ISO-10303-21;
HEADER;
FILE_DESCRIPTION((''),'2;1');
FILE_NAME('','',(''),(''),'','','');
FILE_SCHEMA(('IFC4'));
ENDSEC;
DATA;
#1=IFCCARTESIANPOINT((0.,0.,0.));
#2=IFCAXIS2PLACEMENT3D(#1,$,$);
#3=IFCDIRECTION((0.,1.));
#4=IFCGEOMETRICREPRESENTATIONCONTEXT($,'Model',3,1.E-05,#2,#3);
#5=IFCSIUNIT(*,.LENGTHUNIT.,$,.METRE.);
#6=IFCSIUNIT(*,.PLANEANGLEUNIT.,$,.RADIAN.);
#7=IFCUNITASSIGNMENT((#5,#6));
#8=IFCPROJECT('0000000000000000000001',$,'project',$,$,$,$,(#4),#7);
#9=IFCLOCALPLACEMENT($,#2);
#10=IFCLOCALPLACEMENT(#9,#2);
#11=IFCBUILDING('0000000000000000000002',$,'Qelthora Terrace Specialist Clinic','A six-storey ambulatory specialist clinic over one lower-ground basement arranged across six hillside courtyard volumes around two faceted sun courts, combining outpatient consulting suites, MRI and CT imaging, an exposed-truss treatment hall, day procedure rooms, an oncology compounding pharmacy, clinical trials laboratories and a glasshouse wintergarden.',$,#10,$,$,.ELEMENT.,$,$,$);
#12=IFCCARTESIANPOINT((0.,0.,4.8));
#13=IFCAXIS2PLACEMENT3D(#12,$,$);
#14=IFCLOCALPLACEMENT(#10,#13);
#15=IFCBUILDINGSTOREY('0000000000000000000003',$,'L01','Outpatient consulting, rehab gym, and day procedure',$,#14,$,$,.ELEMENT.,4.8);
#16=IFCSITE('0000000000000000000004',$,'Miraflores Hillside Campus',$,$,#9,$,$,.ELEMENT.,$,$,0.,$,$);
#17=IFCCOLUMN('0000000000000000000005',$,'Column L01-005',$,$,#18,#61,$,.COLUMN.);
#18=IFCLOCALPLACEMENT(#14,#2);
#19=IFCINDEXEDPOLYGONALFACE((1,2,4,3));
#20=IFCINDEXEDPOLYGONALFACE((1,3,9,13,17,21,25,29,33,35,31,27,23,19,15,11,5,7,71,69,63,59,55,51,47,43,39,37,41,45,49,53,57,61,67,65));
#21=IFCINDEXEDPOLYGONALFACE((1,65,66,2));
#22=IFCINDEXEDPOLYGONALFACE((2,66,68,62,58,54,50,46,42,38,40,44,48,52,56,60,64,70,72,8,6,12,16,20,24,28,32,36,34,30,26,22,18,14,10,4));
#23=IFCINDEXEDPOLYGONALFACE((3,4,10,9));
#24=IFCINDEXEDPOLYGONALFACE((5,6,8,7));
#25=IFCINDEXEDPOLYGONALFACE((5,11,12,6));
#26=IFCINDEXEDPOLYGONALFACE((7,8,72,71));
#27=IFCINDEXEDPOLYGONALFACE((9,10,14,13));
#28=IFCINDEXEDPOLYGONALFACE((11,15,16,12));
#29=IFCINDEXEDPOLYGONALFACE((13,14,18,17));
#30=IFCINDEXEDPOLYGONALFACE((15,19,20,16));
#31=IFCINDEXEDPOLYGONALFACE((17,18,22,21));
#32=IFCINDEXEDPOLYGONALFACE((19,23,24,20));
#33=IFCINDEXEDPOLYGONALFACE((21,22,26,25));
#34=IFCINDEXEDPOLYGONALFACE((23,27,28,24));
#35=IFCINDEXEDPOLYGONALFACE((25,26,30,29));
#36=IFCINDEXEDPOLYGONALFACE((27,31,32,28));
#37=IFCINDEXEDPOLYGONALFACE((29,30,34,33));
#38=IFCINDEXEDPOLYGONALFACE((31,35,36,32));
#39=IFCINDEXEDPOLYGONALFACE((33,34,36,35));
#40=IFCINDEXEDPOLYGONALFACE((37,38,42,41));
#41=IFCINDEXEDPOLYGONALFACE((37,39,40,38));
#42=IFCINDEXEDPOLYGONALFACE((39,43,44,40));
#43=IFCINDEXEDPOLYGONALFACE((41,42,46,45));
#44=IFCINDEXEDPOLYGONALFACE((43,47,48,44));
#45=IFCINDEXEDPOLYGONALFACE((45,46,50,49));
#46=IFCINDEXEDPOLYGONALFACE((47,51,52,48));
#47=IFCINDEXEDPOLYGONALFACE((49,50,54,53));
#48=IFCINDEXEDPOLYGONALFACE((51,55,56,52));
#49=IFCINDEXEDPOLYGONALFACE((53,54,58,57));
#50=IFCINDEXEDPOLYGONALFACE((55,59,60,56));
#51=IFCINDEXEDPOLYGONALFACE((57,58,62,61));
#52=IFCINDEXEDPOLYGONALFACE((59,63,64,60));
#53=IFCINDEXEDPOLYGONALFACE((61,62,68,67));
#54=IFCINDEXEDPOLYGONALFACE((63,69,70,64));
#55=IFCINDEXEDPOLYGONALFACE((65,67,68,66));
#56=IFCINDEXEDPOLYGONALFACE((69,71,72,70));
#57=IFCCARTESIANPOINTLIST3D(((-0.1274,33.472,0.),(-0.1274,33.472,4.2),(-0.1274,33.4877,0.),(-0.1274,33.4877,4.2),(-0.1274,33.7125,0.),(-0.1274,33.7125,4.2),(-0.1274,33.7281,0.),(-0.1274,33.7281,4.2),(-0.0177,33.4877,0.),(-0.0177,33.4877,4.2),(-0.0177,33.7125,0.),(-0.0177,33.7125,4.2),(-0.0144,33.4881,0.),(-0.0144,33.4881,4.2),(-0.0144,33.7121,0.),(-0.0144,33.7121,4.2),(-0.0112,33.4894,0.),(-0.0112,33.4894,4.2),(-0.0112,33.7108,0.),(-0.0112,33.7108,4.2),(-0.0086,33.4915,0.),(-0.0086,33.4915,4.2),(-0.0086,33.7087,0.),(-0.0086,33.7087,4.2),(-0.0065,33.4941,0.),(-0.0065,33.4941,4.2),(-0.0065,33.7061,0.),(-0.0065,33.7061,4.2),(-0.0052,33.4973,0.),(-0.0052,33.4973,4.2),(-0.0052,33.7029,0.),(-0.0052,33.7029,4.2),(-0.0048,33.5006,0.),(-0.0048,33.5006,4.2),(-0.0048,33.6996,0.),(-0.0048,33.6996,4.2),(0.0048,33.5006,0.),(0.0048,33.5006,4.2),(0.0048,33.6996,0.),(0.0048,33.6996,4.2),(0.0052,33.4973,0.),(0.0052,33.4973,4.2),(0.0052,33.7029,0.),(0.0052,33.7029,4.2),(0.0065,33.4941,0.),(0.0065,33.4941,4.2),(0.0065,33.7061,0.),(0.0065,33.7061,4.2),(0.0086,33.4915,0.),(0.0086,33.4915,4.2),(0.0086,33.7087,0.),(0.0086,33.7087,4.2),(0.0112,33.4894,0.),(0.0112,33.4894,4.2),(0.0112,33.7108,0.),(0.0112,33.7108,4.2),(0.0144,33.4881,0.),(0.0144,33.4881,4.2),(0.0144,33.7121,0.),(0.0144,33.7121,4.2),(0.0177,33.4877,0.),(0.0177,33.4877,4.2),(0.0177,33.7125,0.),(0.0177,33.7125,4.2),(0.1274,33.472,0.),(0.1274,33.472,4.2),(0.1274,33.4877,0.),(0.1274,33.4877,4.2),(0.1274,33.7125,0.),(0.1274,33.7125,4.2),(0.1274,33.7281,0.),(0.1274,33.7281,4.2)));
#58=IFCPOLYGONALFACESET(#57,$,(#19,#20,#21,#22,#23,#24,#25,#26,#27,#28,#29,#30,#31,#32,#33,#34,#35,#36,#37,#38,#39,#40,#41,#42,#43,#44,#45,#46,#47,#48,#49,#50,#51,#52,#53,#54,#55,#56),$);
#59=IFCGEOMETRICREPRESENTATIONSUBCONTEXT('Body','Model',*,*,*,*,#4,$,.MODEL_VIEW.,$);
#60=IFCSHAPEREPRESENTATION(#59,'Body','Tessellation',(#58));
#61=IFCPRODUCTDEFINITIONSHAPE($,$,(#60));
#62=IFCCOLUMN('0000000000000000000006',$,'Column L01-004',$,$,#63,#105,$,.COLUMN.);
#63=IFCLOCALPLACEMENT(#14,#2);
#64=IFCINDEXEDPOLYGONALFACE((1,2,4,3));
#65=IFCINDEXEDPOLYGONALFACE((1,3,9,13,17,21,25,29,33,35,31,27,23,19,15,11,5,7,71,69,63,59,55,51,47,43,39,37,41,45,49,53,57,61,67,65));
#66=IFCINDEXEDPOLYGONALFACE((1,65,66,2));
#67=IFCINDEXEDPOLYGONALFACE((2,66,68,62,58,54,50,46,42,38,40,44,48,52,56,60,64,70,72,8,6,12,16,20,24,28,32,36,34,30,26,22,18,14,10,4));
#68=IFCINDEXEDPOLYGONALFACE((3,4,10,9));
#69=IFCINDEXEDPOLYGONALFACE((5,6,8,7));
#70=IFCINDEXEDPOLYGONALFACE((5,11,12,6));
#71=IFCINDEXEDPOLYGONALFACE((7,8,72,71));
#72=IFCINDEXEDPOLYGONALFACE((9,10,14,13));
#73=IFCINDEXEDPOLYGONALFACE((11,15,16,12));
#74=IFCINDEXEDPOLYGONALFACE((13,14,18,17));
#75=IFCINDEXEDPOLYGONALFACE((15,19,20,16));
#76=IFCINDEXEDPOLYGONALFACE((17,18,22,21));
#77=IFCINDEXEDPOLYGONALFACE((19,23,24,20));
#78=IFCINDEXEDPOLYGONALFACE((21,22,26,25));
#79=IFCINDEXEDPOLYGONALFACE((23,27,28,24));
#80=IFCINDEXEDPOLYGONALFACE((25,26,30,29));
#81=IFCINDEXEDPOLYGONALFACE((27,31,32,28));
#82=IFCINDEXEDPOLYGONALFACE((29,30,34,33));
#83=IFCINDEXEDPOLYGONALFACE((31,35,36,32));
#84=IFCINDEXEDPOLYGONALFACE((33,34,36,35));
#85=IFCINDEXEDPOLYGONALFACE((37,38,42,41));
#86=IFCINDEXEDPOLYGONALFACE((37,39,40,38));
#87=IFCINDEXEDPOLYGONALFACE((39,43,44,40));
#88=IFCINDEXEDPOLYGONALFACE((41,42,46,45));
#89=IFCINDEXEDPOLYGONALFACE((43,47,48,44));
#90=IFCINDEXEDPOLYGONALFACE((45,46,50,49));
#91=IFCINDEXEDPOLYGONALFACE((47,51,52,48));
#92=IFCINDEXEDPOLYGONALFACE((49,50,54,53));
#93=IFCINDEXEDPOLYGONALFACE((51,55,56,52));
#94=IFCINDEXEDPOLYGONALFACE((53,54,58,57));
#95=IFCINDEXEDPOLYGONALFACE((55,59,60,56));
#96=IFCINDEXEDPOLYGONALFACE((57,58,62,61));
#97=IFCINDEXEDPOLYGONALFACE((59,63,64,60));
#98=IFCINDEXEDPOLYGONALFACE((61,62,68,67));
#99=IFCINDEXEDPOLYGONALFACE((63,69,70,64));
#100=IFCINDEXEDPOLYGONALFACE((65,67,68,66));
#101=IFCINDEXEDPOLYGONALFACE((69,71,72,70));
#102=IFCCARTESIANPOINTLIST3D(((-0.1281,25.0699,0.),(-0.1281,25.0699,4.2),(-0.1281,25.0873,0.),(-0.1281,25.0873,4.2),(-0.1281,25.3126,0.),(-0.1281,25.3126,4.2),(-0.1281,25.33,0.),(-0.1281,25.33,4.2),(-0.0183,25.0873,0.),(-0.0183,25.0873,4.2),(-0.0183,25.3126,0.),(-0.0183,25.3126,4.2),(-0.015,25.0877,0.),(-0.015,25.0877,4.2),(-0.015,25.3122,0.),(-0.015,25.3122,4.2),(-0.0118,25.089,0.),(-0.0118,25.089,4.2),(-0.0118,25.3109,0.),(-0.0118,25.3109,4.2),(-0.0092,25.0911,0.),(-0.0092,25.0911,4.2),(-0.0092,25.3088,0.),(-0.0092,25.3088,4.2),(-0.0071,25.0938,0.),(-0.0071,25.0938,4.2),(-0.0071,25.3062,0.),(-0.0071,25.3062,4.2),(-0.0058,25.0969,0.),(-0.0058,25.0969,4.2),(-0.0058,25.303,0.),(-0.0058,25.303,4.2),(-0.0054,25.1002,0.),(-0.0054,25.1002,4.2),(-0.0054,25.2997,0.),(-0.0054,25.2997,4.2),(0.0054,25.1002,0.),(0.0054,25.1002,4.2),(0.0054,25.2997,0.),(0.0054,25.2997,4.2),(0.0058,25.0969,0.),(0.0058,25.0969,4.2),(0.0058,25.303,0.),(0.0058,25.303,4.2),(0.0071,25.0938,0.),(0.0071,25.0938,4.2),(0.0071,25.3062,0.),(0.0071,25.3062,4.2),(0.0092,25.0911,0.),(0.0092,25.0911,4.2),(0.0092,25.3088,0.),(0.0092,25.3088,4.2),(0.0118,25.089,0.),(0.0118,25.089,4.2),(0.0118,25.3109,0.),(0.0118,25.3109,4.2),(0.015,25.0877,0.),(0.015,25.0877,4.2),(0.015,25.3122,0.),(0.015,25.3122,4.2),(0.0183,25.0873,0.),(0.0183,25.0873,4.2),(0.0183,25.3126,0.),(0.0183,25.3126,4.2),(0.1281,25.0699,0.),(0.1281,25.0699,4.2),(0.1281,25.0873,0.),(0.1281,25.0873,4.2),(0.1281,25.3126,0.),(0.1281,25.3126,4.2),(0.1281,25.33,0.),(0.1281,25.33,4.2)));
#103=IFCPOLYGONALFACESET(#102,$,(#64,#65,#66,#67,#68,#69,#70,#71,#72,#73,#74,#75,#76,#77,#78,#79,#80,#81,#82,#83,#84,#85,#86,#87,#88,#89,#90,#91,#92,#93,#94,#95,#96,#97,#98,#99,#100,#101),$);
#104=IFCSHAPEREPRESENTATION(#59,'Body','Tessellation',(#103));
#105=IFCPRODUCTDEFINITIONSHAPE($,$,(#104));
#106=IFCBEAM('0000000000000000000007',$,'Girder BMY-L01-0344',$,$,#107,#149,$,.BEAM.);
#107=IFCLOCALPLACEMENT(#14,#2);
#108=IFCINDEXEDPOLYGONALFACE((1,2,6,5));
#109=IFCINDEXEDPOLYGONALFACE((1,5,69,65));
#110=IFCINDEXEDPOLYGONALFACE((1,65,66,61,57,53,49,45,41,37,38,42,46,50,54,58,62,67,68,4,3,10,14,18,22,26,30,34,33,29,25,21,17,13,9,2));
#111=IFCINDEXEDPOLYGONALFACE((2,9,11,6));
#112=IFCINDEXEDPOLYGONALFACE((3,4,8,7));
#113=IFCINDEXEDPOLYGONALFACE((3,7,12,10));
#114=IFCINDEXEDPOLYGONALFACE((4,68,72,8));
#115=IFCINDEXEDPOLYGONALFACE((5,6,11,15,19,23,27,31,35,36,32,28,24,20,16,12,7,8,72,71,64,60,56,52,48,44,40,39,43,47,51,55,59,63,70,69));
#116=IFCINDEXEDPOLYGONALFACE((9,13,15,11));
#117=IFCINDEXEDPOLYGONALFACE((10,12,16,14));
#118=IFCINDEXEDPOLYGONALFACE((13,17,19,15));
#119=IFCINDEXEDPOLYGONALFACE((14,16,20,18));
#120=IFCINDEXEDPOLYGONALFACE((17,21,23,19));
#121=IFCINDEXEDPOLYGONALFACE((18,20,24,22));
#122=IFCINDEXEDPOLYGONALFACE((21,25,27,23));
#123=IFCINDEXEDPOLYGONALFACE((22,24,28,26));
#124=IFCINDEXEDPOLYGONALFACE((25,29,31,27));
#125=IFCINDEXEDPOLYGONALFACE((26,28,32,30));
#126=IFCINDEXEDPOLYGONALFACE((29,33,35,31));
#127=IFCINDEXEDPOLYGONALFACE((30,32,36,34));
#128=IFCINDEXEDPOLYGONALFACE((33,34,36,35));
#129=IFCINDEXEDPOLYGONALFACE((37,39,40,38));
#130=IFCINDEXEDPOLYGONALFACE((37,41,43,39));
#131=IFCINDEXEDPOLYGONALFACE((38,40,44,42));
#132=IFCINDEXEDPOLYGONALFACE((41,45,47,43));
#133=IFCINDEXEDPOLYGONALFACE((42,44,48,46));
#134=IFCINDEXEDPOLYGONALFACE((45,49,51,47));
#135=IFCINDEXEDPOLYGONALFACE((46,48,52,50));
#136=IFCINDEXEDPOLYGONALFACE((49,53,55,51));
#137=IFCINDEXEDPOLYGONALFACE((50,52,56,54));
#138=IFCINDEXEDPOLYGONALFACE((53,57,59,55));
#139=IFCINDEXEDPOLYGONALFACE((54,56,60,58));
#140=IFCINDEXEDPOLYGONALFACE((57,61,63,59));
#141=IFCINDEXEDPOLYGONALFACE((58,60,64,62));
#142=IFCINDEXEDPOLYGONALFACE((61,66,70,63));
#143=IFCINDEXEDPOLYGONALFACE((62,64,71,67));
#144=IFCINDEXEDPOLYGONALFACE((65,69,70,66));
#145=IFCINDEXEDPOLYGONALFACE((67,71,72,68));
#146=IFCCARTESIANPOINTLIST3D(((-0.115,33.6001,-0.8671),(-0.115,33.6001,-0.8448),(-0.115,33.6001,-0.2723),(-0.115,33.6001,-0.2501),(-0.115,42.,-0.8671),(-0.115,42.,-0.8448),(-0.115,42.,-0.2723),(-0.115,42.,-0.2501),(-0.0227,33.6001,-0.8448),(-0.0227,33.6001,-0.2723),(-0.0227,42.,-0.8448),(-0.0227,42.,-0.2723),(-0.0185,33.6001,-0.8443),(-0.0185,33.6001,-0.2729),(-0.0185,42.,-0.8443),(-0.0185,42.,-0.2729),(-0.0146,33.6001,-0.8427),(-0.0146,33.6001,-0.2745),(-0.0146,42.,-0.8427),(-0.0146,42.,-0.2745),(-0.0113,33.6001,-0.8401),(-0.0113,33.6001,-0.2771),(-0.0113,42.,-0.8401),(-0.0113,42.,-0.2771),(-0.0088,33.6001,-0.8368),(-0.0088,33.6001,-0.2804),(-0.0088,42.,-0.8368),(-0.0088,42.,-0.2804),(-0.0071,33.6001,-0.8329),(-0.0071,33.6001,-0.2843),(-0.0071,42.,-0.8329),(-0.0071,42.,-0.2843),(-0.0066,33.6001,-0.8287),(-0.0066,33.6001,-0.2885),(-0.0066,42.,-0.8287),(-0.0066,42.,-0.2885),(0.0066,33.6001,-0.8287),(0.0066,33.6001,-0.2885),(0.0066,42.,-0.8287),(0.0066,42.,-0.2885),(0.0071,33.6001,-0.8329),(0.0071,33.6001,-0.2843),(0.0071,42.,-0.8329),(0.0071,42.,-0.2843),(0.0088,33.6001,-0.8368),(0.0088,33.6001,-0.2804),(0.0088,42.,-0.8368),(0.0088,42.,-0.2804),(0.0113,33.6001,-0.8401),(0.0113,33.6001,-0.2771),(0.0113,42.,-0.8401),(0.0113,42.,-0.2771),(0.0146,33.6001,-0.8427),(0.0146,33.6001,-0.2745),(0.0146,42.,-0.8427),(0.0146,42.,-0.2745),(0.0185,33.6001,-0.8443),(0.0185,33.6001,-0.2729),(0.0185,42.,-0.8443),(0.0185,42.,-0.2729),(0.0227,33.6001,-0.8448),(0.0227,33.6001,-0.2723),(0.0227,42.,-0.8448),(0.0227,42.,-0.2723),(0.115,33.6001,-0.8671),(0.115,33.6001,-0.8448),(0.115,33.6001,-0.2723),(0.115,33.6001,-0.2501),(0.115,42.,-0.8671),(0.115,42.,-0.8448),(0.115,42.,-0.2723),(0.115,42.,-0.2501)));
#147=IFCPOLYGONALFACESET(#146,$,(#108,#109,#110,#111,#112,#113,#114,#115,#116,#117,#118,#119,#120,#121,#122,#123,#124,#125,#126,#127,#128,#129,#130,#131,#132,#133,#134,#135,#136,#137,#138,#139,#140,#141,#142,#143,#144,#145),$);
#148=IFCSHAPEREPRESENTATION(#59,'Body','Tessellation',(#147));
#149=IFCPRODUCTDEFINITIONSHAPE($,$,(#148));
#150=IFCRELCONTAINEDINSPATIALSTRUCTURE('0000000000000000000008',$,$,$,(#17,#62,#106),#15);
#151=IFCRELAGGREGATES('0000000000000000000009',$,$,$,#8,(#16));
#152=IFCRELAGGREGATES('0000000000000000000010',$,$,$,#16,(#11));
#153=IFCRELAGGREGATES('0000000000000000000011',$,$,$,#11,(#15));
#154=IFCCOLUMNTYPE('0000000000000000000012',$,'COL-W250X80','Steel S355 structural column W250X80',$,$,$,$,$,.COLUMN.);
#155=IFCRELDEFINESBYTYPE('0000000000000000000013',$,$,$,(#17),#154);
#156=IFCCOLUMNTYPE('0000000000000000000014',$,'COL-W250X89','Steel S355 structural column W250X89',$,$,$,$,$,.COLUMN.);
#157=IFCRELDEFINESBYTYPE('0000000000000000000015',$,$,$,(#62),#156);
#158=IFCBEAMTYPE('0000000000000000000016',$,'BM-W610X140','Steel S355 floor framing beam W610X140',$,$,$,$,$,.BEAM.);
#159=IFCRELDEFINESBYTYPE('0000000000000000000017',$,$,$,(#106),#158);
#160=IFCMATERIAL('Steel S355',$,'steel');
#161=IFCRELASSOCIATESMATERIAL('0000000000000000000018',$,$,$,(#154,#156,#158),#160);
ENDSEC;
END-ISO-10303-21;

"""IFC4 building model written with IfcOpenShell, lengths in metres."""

from ifc_helpers import new_model, si_unit, direction, frame, origin, origin_2d, place, context, subcontext, project, spatial, i_section, extrude, material, material_profile, profile_set, type_object, element, save


model = new_model("IFC4")

# Units and contexts
model_context = context("Model", 3, precision=1e-05, world=origin(), true_north=direction((0.0, 1.0)))
body_context = subcontext(model_context, "Body", "Model", "MODEL_VIEW")
ifc_project = project(units=[si_unit("LENGTHUNIT", "METRE"), si_unit("PLANEANGLEUNIT", "RADIAN")], contexts=[model_context])

# Site, building, storey
site_placement = place(None, origin())
site = spatial("IfcSite", under=ifc_project, at=site_placement, Name="Miraflores Hillside Campus", CompositionType="ELEMENT", RefElevation=0.0)
building_placement = place(site_placement, origin())
building = spatial("IfcBuilding", under=site, at=building_placement, Name="Qelthora Terrace Specialist Clinic", Description="A six-storey ambulatory specialist clinic over one lower-ground basement arranged across six hillside courtyard volumes around two faceted sun courts, combining outpatient consulting suites, MRI and CT imaging, an exposed-truss treatment hall, day procedure rooms, an oncology compounding pharmacy, clinical trials laboratories and a glasshouse wintergarden.", CompositionType="ELEMENT")
storey_placement = place(building_placement, frame((0.0, 0.0, 4.8)))
storey = spatial("IfcBuildingStorey", under=building, at=storey_placement, Name="L01", Description="Outpatient consulting, rehab gym, and day procedure", CompositionType="ELEMENT", Elevation=4.8)

# Columns
ifc_material_1 = material(Name="Steel S355", Category="steel")
ifc_material_profile_1 = material_profile(ifc_material_1, i_section(OverallWidth=0.2549, OverallDepth=0.2561, WebThickness=0.0095, FlangeThickness=0.0156, FilletRadius=0.0129, at=origin_2d()), Name="W250X80")
ifc_profile_set_1 = profile_set([ifc_material_profile_1], Name="Steel S355")
column_type_1 = type_object("IfcColumnType", Name="COL-W250X80", Description="Steel S355 structural column W250X80", PredefinedType="COLUMN", material=ifc_profile_set_1)
column_1_placement = place(storey_placement, frame((0.0, 33.6001, 0.0), z_axis=(0.0, 0.0, 1.0), x_axis=(1.0, 0.0, 0.0)))
element("IfcColumn", 1, at=column_1_placement, inside=storey, type_object=column_type_1, Name="Column L01-005", PredefinedType="COLUMN", context=body_context, shape_type="SweptSolid", body=[
    extrude(i_section(OverallWidth=0.2549, OverallDepth=0.2561, WebThickness=0.0095, FlangeThickness=0.0156, FilletRadius=0.0129, at=origin_2d()), origin(), (0.0, 0.0, 1.0), 4.2),
])
ifc_material_profile_2 = material_profile(ifc_material_1, i_section(OverallWidth=0.2561, OverallDepth=0.26, WebThickness=0.0107, FlangeThickness=0.0173, FilletRadius=0.0129, at=origin_2d()), Name="W250X89")
ifc_profile_set_2 = profile_set([ifc_material_profile_2], Name="Steel S355")
column_type_2 = type_object("IfcColumnType", Name="COL-W250X89", Description="Steel S355 structural column W250X89", PredefinedType="COLUMN", material=ifc_profile_set_2)
column_2_placement = place(storey_placement, frame((0.0, 25.2, 0.0), z_axis=(0.0, 0.0, 1.0), x_axis=(1.0, 0.0, 0.0)))
element("IfcColumn", 2, at=column_2_placement, inside=storey, type_object=column_type_2, Name="Column L01-004", PredefinedType="COLUMN", context=body_context, shape_type="SweptSolid", body=[
    extrude(i_section(OverallWidth=0.2561, OverallDepth=0.26, WebThickness=0.0107, FlangeThickness=0.0173, FilletRadius=0.0129, at=origin_2d()), origin(), (0.0, 0.0, 1.0), 4.2),
])

# Beam
ifc_material_profile_3 = material_profile(ifc_material_1, i_section(OverallWidth=0.23, OverallDepth=0.6169, WebThickness=0.0132, FlangeThickness=0.0222, FilletRadius=0.0161, at=origin_2d()), Name="W610X140")
ifc_profile_set_3 = profile_set([ifc_material_profile_3], Name="Steel S355")
beam_type_1 = type_object("IfcBeamType", Name="BM-W610X140", Description="Steel S355 floor framing beam W610X140", PredefinedType="BEAM", material=ifc_profile_set_3)
beam_1_placement = place(storey_placement, frame((0.0, 33.6001, -0.5586), z_axis=(0.0, 1.0, 0.0), x_axis=(-1.0, 0.0, 0.0)))
element("IfcBeam", 3, at=beam_1_placement, inside=storey, type_object=beam_type_1, Name="Girder BMY-L01-0344", PredefinedType="BEAM", context=body_context, shape_type="SweptSolid", body=[
    extrude(i_section(OverallWidth=0.23, OverallDepth=0.6169, WebThickness=0.0132, FlangeThickness=0.0222, FilletRadius=0.0161, at=origin_2d()), origin(), (0.0, 0.0, 1.0), 8.3999),
])

save(model, "model.ifc")
